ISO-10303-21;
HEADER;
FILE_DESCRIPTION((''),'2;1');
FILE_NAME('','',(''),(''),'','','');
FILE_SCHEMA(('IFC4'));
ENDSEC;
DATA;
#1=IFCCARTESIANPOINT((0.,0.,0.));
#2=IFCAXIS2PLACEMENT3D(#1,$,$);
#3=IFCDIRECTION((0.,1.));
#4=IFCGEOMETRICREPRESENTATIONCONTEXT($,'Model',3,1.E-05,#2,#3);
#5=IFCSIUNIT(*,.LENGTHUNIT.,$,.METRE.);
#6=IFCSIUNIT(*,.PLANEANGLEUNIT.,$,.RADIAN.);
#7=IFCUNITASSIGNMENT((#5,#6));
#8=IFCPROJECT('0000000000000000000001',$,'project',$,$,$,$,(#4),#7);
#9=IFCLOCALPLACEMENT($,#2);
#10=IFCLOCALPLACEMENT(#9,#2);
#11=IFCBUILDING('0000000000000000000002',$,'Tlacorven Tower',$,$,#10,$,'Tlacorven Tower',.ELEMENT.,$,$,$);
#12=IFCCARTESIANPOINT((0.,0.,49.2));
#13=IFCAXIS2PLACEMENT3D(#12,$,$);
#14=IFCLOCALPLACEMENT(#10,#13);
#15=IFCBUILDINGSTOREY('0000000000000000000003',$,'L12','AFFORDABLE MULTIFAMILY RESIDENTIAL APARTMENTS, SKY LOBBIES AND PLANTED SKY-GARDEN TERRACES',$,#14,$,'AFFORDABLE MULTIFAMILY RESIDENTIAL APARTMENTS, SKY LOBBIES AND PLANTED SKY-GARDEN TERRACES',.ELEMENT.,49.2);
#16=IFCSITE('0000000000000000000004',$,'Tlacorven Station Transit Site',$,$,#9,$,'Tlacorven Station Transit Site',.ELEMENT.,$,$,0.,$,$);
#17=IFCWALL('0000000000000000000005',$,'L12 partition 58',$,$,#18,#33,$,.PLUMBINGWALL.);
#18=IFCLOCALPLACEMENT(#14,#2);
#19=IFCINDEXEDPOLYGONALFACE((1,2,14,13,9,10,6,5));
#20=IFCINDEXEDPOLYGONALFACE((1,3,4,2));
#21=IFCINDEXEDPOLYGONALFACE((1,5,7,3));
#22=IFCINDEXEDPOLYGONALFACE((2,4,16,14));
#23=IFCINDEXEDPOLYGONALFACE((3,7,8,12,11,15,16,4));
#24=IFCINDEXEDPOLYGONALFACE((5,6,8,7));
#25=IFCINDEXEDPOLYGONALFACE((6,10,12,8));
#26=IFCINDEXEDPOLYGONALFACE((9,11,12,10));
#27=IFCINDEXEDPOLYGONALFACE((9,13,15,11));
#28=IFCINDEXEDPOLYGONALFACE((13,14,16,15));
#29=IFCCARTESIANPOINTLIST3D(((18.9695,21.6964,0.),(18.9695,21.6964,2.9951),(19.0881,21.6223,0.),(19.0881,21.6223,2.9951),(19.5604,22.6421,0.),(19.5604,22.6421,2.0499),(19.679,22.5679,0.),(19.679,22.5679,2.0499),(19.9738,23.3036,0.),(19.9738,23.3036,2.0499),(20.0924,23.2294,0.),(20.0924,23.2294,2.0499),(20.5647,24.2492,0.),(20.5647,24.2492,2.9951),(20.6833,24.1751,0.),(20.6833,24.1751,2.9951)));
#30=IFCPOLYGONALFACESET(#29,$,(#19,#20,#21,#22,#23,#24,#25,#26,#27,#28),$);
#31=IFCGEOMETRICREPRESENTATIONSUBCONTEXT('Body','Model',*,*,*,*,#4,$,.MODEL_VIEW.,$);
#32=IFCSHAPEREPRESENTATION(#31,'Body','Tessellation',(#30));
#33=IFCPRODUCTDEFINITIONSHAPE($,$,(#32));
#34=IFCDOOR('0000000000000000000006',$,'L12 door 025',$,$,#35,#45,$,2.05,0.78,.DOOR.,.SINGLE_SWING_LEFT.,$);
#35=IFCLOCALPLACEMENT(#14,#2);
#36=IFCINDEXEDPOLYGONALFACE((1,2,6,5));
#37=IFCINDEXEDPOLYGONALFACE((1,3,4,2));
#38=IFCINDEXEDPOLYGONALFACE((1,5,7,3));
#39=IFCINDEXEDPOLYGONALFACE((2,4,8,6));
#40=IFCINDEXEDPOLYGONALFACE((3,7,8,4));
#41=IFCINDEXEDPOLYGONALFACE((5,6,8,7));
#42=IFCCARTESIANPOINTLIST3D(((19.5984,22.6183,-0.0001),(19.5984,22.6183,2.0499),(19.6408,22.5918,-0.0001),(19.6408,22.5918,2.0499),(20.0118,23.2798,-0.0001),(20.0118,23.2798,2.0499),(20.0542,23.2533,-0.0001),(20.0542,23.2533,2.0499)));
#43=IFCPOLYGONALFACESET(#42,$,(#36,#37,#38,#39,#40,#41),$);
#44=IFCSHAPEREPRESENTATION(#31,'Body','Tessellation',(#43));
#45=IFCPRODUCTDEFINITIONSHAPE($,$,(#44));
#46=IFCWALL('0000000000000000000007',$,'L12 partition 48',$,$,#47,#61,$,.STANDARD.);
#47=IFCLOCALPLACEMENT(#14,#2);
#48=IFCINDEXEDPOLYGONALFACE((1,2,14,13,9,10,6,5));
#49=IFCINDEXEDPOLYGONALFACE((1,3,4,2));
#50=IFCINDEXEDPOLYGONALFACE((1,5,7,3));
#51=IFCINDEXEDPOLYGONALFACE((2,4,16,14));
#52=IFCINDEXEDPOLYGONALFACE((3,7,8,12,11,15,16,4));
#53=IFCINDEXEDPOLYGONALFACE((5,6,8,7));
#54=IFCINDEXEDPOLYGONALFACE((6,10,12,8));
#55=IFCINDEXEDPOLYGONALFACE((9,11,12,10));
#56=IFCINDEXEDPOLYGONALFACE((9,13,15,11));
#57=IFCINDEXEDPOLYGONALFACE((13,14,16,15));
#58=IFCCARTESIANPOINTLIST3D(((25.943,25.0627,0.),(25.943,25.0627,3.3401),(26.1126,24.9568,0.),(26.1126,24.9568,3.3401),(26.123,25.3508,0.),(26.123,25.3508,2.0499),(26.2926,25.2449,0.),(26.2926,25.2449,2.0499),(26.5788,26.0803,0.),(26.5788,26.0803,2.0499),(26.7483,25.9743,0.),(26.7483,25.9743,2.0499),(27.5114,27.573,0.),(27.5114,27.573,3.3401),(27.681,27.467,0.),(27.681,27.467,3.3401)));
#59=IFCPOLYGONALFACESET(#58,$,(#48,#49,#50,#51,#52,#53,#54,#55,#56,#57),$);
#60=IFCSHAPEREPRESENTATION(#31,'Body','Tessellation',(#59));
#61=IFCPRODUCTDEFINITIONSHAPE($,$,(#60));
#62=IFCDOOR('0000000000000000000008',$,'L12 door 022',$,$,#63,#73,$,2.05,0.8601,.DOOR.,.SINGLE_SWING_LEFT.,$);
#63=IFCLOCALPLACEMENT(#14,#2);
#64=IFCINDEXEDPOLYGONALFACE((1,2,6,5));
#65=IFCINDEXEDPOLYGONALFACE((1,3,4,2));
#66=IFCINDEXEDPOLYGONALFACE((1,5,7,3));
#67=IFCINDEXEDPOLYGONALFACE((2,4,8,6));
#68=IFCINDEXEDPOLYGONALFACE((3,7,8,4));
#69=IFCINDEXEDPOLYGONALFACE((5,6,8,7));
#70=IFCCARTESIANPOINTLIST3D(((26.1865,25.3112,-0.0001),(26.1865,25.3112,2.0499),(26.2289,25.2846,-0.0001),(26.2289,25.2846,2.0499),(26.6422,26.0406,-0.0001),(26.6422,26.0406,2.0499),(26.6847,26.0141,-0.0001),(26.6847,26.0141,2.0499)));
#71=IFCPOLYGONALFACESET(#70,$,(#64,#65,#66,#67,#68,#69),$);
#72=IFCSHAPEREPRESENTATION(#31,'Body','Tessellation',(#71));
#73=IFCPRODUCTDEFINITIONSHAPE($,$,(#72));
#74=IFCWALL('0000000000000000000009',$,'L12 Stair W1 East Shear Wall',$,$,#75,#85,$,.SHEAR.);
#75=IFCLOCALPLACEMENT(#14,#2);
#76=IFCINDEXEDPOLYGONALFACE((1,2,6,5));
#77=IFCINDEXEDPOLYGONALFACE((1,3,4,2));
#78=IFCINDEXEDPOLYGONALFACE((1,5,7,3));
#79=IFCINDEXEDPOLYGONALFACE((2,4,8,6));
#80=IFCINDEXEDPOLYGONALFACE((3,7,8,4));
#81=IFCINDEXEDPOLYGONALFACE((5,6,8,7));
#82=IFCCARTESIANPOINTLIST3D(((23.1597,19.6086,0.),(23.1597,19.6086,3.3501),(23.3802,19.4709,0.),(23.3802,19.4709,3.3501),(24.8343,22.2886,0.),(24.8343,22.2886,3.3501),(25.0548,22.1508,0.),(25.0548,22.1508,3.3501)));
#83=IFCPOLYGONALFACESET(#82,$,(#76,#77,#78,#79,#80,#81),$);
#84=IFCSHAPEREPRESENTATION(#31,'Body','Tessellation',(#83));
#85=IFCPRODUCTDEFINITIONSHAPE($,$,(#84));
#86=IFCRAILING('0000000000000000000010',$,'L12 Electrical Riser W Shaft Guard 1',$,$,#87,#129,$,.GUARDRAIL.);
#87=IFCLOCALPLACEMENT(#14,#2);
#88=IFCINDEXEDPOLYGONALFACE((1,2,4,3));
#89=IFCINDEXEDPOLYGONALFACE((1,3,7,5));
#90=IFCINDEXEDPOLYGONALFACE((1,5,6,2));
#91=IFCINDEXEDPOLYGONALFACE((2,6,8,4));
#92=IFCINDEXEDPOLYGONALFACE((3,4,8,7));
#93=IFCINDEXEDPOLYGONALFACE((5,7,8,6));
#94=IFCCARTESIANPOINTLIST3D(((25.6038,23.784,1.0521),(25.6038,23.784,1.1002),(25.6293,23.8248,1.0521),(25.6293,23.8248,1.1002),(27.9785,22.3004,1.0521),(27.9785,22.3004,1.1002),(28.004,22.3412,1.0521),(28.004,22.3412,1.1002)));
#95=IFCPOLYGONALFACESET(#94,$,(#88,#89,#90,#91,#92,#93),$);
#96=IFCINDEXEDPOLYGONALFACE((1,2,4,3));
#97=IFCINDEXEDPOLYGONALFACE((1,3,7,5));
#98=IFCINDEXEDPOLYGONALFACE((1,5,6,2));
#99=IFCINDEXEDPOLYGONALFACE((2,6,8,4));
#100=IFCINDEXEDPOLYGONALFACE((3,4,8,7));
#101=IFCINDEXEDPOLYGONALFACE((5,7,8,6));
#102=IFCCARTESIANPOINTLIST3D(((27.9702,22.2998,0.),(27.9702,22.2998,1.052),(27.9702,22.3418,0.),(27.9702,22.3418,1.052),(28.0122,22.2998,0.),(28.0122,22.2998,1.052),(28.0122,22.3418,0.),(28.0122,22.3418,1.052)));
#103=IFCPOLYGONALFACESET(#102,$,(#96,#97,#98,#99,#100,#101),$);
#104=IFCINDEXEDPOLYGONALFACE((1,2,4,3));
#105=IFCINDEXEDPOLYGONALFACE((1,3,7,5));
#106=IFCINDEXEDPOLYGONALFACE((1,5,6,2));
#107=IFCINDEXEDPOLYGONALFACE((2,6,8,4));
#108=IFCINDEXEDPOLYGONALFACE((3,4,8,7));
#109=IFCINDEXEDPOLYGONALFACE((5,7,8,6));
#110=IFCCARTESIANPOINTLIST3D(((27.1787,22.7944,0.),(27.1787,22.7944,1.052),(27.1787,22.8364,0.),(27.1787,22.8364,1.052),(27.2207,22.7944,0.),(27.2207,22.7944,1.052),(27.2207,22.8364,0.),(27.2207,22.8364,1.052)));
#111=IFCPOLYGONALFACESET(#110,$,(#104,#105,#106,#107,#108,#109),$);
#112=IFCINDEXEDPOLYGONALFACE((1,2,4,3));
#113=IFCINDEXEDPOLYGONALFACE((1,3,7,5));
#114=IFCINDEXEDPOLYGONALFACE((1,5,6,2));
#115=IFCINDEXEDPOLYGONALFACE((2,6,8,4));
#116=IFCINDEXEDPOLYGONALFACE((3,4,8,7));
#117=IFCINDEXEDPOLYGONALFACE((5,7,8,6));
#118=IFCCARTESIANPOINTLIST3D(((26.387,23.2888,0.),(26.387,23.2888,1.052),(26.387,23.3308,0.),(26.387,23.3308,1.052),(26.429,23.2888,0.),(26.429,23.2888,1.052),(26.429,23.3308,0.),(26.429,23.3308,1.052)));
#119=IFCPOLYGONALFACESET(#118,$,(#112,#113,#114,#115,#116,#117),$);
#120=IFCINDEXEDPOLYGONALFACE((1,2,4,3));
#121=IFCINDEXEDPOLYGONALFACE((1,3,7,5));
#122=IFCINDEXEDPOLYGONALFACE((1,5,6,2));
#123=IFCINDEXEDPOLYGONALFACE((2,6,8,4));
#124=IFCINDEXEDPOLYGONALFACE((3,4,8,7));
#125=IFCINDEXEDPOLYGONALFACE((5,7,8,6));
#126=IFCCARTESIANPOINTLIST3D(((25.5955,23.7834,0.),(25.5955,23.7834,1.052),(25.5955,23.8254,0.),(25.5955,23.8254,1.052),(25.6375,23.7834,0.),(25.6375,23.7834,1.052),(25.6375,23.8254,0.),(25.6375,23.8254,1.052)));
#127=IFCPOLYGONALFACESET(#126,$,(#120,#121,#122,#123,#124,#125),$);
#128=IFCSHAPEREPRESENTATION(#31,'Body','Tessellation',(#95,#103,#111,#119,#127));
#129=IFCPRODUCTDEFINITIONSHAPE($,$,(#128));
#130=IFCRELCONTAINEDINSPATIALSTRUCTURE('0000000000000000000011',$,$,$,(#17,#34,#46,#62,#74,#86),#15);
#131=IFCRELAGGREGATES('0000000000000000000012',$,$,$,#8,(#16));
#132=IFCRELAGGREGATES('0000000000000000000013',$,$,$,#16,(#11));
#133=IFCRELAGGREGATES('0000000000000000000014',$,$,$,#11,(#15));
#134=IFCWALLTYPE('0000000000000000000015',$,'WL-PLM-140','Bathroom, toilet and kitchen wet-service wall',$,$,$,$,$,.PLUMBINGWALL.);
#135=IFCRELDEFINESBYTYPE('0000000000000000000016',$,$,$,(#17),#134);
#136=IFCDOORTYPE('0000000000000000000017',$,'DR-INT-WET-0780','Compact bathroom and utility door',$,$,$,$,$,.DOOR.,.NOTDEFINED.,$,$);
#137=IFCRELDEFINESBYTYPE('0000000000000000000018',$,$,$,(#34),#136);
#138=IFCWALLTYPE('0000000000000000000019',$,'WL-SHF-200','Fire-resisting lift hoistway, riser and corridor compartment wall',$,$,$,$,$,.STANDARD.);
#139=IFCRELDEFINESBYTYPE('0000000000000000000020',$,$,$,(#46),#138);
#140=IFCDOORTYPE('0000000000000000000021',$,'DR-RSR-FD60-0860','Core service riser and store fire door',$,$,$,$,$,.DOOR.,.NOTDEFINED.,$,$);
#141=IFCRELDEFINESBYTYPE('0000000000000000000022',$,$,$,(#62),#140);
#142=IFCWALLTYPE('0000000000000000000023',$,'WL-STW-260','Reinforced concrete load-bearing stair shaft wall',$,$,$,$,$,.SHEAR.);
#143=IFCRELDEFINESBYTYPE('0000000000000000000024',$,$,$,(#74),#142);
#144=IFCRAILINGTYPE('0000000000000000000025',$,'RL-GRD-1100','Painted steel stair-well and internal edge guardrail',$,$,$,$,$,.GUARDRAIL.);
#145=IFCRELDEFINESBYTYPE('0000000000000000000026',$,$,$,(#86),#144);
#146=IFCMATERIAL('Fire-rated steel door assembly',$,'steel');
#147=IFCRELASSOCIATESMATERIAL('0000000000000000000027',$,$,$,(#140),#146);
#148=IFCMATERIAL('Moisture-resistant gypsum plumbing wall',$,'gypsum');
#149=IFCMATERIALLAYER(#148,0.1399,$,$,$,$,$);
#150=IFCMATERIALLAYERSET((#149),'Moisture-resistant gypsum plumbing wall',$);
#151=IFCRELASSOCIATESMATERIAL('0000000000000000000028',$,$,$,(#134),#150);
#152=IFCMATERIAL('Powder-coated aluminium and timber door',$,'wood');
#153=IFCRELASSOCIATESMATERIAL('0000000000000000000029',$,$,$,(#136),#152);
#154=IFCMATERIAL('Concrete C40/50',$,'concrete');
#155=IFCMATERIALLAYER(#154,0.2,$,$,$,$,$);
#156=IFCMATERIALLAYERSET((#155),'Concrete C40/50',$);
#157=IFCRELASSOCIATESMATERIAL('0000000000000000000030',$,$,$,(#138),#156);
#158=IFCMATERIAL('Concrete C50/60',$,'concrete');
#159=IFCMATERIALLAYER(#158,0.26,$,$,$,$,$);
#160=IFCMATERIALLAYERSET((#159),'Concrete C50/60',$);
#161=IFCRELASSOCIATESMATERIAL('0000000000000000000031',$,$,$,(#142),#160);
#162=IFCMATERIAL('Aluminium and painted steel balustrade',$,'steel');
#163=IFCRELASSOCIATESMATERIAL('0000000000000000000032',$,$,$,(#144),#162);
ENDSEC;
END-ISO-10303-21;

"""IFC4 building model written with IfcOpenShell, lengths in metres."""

from ifc_helpers import new_model, si_unit, direction, frame, frame_2d, origin, origin_2d, place, context, subcontext, project, spatial, rectangle, extrude, source, transform, mapped, material, layer, layer_set, type_object, element, fill, save


model = new_model("IFC4")

# Units and contexts
model_context = context("Model", 3, precision=1e-05, world=origin(), true_north=direction((0.0, 1.0)))
body_context = subcontext(model_context, "Body", "Model", "MODEL_VIEW")
ifc_project = project(units=[si_unit("LENGTHUNIT", "METRE"), si_unit("PLANEANGLEUNIT", "RADIAN")], contexts=[model_context])

# Site, building, storey
site_placement = place(None, origin())
site = spatial("IfcSite", under=ifc_project, at=site_placement, Name="Tlacorven Station Transit Site", LongName="Tlacorven Station Transit Site", CompositionType="ELEMENT", RefElevation=0.0)
building_placement = place(site_placement, origin())
building = spatial("IfcBuilding", under=site, at=building_placement, Name="Tlacorven Tower", LongName="Tlacorven Tower", CompositionType="ELEMENT")
storey_placement = place(building_placement, frame((0.0, 0.0, 49.2)))
storey = spatial("IfcBuildingStorey", under=building, at=storey_placement, Name="L12", Description="AFFORDABLE MULTIFAMILY RESIDENTIAL APARTMENTS, SKY LOBBIES AND PLANTED SKY-GARDEN TERRACES", LongName="AFFORDABLE MULTIFAMILY RESIDENTIAL APARTMENTS, SKY LOBBIES AND PLANTED SKY-GARDEN TERRACES", CompositionType="ELEMENT", Elevation=49.2)

# Shared definitions
ifc_material_1 = material(Name="Fire-rated steel door assembly", Category="steel")
door_type_1 = type_object("IfcDoorType", Name="DR-RSR-FD60-0860", Description="Core service riser and store fire door", OperationType="NOTDEFINED", PredefinedType="DOOR", material=ifc_material_1)
shared_shape_1 = source(origin(), body_context, "Body", "SweptSolid", [
    extrude(rectangle(XDim=0.8601, YDim=2.05, at=frame_2d((0.4302, 1.0249))), frame((0.0, 0.0249, 0.0), z_axis=(0.0, -1.0, 0.0), x_axis=(1.0, 0.0, 0.0)), (0.0, 0.0, 1.0), 0.05),
])

# Walls, openings, doors
ifc_material_2 = material(Name="Moisture-resistant gypsum plumbing wall", Category="gypsum")
ifc_layer_1 = layer(ifc_material_2, 0.1399)
ifc_layer_set_1 = layer_set([ifc_layer_1], Name="Moisture-resistant gypsum plumbing wall")
wall_type_1 = type_object("IfcWallType", Name="WL-PLM-140", Description="Bathroom, toilet and kitchen wet-service wall", PredefinedType="PLUMBINGWALL", material=ifc_layer_set_1)
wall_1_placement = place(storey_placement, frame((20.624, 24.2122, 0.0), z_axis=(0.0, 0.0, 1.0), x_axis=(-0.529941, -0.848035, 0.0)))
wall_1 = element("IfcWall", 1, at=wall_1_placement, inside=storey, type_object=wall_type_1, Name="L12 partition 58", PredefinedType="PLUMBINGWALL", context=body_context, shape_type="SweptSolid", body=[
    extrude(rectangle(XDim=3.0103, YDim=0.1399, at=frame_2d((1.5051, 0.0))), origin(), (0.0, 0.0, 1.0), 2.9951),
])
opening_1_placement = place(wall_1_placement, frame((1.115, 0.0, 0.0)))
opening_1 = element("IfcOpeningElement", 2, at=opening_1_placement, cuts=wall_1, PredefinedType="OPENING", context=body_context, shape_type="SweptSolid", body=[
    extrude(rectangle(XDim=0.78, YDim=2.05, at=frame_2d((0.3901, 1.0249))), frame((0.0, 0.0801, 0.0), z_axis=(0.0, -1.0, 0.0), x_axis=(1.0, 0.0, 0.0)), (0.0, 0.0, 1.0), 0.1599),
])
ifc_material_3 = material(Name="Powder-coated aluminium and timber door", Category="wood")
door_type_2 = type_object("IfcDoorType", Name="DR-INT-WET-0780", Description="Compact bathroom and utility door", OperationType="NOTDEFINED", PredefinedType="DOOR", material=ifc_material_3)
shared_shape_2 = source(origin(), body_context, "Body", "SweptSolid", [
    extrude(rectangle(XDim=0.78, YDim=2.05, at=frame_2d((0.3901, 1.0249))), frame((0.0, 0.0249, 0.0), z_axis=(0.0, -1.0, 0.0), x_axis=(1.0, 0.0, 0.0)), (0.0, 0.0, 1.0), 0.05),
])
door_1_placement = place(opening_1_placement, origin())
door_1 = element("IfcDoor", 3, at=door_1_placement, inside=storey, type_object=door_type_2, Name="L12 door 025", OperationType="SINGLE_SWING_LEFT", OverallHeight=2.05, OverallWidth=0.78, PredefinedType="DOOR", context=body_context, shape_type="MappedRepresentation", body=[
    mapped(shared_shape_2, transform((0.0, 0.0, 0.0), scale=1.0)),
])
fill(opening_1, door_1)
ifc_material_4 = material(Name="Concrete C40/50", Category="concrete")
ifc_layer_2 = layer(ifc_material_4, 0.2)
ifc_layer_set_2 = layer_set([ifc_layer_2], Name="Concrete C40/50")
wall_type_2 = type_object("IfcWallType", Name="WL-SHF-200", Description="Fire-resisting lift hoistway, riser and corridor compartment wall", PredefinedType="STANDARD", material=ifc_layer_set_2)
wall_2_placement = place(storey_placement, frame((27.5962, 27.52, 0.0), z_axis=(0.0, 0.0, 1.0), x_axis=(-0.529865, -0.848082, 0.0)))
wall_2 = element("IfcWall", 4, at=wall_2_placement, inside=storey, type_object=wall_type_2, Name="L12 partition 48", PredefinedType="STANDARD", context=body_context, shape_type="SweptSolid", body=[
    extrude(rectangle(XDim=2.96, YDim=0.2, at=frame_2d((1.48, 0.0))), origin(), (0.0, 0.0, 1.0), 3.3401),
])
opening_2_placement = place(wall_2_placement, frame((1.76, 0.0, 0.0)))
opening_2 = element("IfcOpeningElement", 5, at=opening_2_placement, cuts=wall_2, PredefinedType="OPENING", context=body_context, shape_type="SweptSolid", body=[
    extrude(rectangle(XDim=0.8601, YDim=2.05, at=frame_2d((0.4302, 1.0249))), frame((0.0, 0.1099, 0.0), z_axis=(0.0, -1.0, 0.0), x_axis=(1.0, 0.0, 0.0)), (0.0, 0.0, 1.0), 0.22),
])
door_2_placement = place(opening_2_placement, origin())
door_2 = element("IfcDoor", 6, at=door_2_placement, inside=storey, type_object=door_type_1, Name="L12 door 022", OperationType="SINGLE_SWING_LEFT", OverallHeight=2.05, OverallWidth=0.8601, PredefinedType="DOOR", context=body_context, shape_type="MappedRepresentation", body=[
    mapped(shared_shape_1, transform((0.0, 0.0, 0.0), scale=1.0)),
])
fill(opening_2, door_2)

# Wall
ifc_material_5 = material(Name="Concrete C50/60", Category="concrete")
ifc_layer_3 = layer(ifc_material_5, 0.26)
ifc_layer_set_3 = layer_set([ifc_layer_3], Name="Concrete C50/60")
wall_type_3 = type_object("IfcWallType", Name="WL-STW-260", Description="Reinforced concrete load-bearing stair shaft wall", PredefinedType="SHEAR", material=ifc_layer_set_3)
wall_3_placement = place(storey_placement, frame((24.9446, 22.2197, 0.0), z_axis=(0.0, 0.0, 1.0), x_axis=(-0.529909, -0.848055, 0.0)))
element("IfcWall", 7, at=wall_3_placement, inside=storey, type_object=wall_type_3, Name="L12 Stair W1 East Shear Wall", PredefinedType="SHEAR", context=body_context, shape_type="SweptSolid", body=[
    extrude(rectangle(XDim=3.1602, YDim=0.26, at=frame_2d((1.5801, 0.0))), origin(), (0.0, 0.0, 1.0), 3.3501),
])

# Railing
ifc_material_6 = material(Name="Aluminium and painted steel balustrade", Category="steel")
railing_type = type_object("IfcRailingType", Name="RL-GRD-1100", Description="Painted steel stair-well and internal edge guardrail", PredefinedType="GUARDRAIL", material=ifc_material_6)
shared_shape_3 = source(origin(), body_context, "Body", "SweptSolid", [
    extrude(rectangle(XDim=0.0481, YDim=0.0481, at=origin_2d()), frame((0.0, 0.0, 1.0762), z_axis=(-0.848091, 0.52985, 0.0), x_axis=(-0.52985, -0.848091, 0.0)), (0.0, 0.0, 1.0), 2.8),
    extrude(rectangle(XDim=0.042, YDim=0.042, at=origin_2d()), origin(), (0.0, 0.0, 1.0), 1.052),
    extrude(rectangle(XDim=0.042, YDim=0.042, at=origin_2d()), frame((-0.7915, 0.4946, 0.0)), (0.0, 0.0, 1.0), 1.052),
    extrude(rectangle(XDim=0.042, YDim=0.042, at=origin_2d()), frame((-1.5833, 0.989, 0.0)), (0.0, 0.0, 1.0), 1.052),
    extrude(rectangle(XDim=0.042, YDim=0.042, at=origin_2d()), frame((-2.3748, 1.4836, 0.0)), (0.0, 0.0, 1.0), 1.052),
])
railing_placement = place(storey_placement, frame((27.9912, 22.3208, 0.0)))
element("IfcRailing", 8, at=railing_placement, inside=storey, type_object=railing_type, Name="L12 Electrical Riser W Shaft Guard 1", PredefinedType="GUARDRAIL", context=body_context, shape_type="MappedRepresentation", body=[
    mapped(shared_shape_3, transform((0.0, 0.0, 0.0), scale=1.0)),
])

save(model, "model.ifc")
